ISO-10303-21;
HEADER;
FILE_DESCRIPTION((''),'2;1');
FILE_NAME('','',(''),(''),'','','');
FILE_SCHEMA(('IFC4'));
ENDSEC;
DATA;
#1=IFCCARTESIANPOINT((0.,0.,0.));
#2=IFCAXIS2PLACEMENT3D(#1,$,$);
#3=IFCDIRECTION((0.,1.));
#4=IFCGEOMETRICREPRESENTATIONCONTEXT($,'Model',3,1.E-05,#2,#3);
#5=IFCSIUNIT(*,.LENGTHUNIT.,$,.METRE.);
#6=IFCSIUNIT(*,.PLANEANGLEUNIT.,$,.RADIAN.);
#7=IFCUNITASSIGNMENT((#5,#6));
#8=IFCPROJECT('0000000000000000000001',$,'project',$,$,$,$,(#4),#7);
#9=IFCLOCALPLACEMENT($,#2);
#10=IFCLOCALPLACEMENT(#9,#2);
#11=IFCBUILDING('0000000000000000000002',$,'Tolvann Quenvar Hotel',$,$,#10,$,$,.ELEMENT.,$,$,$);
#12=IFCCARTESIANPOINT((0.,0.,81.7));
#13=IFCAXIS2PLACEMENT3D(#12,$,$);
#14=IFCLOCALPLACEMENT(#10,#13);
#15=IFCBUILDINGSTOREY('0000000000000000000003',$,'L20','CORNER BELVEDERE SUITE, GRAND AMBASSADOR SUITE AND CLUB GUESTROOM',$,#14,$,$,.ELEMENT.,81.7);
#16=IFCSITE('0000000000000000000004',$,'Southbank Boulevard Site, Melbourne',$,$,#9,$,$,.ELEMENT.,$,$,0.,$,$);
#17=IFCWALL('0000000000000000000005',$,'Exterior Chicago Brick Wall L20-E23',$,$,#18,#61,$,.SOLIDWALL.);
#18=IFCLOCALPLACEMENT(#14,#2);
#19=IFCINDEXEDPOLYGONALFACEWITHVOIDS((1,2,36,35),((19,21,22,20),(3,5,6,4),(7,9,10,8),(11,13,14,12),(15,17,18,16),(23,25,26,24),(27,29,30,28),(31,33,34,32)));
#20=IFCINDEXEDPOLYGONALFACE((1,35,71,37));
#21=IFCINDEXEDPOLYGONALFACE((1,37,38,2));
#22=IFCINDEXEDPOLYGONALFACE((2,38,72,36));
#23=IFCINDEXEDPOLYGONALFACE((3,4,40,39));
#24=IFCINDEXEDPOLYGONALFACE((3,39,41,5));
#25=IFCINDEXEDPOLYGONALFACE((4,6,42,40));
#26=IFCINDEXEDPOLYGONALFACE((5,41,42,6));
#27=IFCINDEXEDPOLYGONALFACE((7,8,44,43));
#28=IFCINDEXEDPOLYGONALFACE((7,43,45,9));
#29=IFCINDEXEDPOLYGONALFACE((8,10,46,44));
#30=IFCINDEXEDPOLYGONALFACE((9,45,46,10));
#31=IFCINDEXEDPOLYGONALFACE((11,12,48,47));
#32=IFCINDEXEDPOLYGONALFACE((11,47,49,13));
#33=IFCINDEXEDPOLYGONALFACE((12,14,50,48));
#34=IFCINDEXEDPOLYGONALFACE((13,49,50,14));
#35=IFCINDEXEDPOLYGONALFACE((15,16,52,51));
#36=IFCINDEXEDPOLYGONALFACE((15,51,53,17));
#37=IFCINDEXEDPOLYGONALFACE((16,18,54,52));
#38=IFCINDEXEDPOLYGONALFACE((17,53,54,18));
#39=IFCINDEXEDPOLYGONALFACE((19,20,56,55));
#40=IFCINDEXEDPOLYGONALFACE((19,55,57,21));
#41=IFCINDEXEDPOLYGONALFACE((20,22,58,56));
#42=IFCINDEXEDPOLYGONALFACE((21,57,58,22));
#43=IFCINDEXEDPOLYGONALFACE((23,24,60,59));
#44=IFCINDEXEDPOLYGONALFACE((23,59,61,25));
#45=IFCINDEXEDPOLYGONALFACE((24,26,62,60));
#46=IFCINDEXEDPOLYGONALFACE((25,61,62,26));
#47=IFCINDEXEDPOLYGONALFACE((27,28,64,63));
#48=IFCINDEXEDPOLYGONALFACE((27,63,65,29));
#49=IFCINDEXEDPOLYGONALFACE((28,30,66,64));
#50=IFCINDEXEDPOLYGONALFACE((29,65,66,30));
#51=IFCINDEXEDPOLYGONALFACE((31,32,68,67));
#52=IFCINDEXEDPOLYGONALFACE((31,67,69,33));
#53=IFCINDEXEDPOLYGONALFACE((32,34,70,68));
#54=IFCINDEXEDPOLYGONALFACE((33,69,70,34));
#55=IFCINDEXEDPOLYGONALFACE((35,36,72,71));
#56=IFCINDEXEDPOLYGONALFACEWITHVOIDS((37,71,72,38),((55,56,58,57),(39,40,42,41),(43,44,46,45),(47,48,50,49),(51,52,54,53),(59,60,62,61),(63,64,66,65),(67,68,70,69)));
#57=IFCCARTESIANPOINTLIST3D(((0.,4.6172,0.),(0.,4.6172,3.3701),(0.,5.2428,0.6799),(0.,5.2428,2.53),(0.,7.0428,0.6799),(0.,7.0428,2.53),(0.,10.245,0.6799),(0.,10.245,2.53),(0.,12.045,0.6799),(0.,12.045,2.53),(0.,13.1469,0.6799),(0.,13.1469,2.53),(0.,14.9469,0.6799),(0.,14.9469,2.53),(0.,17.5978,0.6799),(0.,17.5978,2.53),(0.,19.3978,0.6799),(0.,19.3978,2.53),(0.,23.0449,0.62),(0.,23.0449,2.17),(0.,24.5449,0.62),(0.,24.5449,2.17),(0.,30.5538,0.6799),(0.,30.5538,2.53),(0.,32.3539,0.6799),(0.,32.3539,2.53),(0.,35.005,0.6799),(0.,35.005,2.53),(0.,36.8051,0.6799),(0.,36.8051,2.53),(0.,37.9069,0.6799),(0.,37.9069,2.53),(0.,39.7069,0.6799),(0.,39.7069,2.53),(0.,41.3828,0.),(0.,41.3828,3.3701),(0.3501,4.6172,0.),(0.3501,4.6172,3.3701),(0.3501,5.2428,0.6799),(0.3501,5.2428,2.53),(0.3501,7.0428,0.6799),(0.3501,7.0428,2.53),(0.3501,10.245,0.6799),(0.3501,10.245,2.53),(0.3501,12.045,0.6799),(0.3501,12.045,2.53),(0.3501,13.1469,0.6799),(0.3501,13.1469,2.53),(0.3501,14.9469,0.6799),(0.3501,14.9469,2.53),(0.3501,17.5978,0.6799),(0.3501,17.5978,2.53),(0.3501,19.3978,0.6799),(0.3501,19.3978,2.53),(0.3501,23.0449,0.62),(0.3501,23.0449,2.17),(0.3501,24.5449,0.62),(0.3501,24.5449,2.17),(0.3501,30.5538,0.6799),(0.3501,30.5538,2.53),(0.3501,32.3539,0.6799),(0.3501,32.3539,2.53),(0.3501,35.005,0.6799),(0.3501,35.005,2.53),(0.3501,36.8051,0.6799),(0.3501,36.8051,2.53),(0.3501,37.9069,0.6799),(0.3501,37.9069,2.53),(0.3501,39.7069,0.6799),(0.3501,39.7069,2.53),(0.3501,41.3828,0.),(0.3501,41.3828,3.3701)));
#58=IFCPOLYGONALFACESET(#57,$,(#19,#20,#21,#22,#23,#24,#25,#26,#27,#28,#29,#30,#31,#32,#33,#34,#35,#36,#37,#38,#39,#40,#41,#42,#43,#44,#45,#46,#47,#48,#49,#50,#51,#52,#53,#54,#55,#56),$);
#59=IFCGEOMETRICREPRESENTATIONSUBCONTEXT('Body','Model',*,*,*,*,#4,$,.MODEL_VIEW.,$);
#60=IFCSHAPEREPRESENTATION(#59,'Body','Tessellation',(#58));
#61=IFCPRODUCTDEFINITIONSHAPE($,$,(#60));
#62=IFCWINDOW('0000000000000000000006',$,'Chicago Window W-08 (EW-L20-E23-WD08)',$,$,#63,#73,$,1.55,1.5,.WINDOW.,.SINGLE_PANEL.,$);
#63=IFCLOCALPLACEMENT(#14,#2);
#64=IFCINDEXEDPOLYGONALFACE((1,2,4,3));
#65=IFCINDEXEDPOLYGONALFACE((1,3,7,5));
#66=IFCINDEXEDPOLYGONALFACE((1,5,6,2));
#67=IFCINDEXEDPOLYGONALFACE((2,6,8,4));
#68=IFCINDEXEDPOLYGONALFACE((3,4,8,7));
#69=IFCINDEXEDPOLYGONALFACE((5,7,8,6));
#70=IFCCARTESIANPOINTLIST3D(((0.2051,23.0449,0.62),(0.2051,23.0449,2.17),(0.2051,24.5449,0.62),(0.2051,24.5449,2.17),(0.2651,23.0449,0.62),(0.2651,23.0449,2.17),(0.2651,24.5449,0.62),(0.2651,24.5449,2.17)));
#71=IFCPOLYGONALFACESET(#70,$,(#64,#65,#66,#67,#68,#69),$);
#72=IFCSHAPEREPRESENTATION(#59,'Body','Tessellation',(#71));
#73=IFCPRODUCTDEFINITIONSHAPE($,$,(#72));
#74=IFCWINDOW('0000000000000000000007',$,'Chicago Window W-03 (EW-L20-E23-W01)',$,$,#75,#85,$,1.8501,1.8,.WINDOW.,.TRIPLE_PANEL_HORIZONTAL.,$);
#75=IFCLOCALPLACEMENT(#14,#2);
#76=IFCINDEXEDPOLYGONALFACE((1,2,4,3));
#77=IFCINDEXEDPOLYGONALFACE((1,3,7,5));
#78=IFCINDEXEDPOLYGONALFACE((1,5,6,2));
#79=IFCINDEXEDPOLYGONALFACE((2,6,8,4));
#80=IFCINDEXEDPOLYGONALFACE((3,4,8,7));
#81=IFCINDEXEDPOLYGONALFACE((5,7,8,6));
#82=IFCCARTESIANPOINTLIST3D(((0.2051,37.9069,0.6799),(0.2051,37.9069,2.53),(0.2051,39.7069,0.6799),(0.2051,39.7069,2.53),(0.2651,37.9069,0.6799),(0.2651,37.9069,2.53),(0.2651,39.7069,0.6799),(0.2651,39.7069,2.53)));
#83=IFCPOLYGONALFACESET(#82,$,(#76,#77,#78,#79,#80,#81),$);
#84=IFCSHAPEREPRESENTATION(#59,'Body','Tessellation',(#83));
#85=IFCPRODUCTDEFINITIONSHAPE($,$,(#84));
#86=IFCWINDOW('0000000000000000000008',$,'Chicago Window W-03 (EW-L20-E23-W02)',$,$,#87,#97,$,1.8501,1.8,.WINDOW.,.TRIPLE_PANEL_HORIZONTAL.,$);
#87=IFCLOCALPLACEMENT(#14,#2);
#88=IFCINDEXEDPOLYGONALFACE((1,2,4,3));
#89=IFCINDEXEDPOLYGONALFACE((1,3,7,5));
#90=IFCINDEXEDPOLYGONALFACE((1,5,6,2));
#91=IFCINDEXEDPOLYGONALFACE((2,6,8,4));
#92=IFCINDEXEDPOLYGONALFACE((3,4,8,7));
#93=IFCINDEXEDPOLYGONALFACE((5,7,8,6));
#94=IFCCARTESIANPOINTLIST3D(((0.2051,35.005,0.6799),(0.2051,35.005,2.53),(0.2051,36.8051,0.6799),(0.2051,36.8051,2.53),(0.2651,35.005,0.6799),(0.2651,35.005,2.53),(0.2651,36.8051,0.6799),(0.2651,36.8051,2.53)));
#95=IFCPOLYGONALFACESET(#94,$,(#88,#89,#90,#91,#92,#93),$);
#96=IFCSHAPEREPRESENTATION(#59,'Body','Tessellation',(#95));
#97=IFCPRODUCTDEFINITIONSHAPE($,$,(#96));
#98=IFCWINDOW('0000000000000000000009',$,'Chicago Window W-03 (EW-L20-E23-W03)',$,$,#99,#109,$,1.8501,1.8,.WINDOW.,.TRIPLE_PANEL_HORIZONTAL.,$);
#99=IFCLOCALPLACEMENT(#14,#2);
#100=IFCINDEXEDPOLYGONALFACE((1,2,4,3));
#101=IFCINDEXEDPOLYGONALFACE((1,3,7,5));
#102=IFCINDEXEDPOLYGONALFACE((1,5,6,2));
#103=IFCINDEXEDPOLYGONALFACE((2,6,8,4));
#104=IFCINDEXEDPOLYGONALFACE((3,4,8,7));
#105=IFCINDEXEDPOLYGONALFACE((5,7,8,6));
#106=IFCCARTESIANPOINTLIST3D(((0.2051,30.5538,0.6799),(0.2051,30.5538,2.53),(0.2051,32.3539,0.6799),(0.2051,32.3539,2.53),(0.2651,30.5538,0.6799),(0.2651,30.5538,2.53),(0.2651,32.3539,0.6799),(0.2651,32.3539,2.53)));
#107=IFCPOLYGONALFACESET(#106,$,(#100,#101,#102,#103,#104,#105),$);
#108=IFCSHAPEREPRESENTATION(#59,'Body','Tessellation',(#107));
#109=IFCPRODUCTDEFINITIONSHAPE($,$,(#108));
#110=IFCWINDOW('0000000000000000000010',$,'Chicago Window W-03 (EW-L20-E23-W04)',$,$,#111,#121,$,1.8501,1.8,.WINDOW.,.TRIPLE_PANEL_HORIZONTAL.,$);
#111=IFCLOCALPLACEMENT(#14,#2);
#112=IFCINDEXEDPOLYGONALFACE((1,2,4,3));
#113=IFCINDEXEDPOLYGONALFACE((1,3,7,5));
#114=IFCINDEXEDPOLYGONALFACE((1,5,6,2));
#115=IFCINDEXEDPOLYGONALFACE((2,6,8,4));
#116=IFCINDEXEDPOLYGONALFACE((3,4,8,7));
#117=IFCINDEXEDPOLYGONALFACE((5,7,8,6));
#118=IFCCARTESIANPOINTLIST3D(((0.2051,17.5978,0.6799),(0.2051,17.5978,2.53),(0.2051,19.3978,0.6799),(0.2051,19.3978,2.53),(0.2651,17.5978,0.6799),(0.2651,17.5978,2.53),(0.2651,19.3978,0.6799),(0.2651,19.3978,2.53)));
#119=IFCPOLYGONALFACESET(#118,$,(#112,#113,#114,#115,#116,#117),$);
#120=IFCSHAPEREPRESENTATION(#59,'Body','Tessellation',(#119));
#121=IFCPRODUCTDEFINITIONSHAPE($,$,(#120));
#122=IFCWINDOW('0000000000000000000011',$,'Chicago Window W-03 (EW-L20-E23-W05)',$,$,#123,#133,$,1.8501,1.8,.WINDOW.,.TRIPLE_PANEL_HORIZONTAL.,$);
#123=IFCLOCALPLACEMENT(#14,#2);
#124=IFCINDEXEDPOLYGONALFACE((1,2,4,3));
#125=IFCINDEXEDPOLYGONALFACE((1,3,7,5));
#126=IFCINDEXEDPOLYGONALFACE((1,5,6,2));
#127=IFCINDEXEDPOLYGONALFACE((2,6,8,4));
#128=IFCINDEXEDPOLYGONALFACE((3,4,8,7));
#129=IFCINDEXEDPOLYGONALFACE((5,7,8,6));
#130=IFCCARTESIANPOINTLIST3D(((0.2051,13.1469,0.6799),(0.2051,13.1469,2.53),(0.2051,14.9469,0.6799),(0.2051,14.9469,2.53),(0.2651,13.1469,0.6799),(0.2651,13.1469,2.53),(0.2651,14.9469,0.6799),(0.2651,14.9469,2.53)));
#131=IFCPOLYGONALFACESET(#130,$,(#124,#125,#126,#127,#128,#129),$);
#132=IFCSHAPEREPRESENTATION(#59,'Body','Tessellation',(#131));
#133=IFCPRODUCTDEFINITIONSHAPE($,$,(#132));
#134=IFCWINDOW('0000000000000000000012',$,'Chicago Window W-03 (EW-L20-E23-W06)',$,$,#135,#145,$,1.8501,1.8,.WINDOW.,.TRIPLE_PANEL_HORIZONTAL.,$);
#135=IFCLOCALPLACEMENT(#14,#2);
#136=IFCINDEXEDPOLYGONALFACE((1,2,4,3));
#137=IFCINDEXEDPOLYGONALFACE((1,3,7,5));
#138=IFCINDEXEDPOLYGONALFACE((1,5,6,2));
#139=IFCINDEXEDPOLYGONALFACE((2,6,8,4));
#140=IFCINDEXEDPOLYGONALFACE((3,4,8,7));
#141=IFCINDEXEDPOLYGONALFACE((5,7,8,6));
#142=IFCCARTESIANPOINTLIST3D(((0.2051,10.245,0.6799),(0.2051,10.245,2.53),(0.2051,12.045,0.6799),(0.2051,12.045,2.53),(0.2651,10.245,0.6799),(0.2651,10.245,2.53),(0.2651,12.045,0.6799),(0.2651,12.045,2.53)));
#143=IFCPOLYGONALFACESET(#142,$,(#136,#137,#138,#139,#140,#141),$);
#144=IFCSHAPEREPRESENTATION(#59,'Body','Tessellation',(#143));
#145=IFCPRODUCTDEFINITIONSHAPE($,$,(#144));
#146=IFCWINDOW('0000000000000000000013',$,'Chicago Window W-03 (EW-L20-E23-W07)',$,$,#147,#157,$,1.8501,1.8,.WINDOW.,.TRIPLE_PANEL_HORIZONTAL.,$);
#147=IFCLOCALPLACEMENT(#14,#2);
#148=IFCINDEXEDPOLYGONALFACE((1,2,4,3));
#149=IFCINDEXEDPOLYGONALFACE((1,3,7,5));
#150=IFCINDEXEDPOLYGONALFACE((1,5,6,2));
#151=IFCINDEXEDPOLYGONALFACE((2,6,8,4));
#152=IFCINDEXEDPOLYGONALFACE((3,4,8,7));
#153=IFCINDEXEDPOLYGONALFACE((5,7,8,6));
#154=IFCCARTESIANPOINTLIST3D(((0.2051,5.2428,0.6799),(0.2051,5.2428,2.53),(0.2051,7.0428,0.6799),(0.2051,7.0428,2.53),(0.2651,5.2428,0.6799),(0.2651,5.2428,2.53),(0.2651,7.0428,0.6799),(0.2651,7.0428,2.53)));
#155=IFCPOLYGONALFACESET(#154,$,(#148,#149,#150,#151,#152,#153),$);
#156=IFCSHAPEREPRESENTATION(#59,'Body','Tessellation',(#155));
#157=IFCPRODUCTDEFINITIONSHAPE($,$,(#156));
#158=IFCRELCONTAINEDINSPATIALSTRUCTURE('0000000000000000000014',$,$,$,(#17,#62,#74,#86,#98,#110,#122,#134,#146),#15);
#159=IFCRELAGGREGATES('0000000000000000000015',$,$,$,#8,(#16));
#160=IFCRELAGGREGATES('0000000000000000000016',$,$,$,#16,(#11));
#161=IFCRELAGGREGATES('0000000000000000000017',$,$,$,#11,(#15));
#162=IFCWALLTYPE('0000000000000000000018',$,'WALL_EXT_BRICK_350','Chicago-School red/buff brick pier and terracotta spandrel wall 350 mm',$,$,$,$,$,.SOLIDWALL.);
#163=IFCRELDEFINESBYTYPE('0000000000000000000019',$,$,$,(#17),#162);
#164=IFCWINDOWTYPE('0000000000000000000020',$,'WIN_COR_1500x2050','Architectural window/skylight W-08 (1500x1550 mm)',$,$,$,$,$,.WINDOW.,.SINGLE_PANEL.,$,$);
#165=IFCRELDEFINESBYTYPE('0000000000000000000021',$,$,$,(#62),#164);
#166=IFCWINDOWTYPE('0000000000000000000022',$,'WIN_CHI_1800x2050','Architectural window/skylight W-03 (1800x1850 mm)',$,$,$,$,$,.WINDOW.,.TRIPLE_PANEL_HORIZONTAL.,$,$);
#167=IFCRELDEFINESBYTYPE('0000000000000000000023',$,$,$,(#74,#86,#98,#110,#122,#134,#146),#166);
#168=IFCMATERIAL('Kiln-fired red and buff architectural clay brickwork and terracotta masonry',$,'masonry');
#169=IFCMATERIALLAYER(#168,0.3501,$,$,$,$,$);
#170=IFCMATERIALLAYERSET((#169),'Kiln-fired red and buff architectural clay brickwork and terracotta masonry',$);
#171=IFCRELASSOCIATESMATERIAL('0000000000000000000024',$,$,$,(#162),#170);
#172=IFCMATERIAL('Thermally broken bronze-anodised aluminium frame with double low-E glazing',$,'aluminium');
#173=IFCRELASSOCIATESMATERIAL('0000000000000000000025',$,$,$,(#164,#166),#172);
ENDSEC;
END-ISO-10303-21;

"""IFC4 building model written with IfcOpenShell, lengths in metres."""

from ifc_helpers import new_model, si_unit, direction, frame, frame_2d, origin, place, context, subcontext, project, spatial, rectangle, extrude, source, transform, mapped, material, layer, layer_set, type_object, type_shapes, element, fill, save


model = new_model("IFC4")

# Units and contexts
model_context = context("Model", 3, precision=1e-05, world=origin(), true_north=direction((0.0, 1.0)))
body_context = subcontext(model_context, "Body", "Model", "MODEL_VIEW")
ifc_project = project(units=[si_unit("LENGTHUNIT", "METRE"), si_unit("PLANEANGLEUNIT", "RADIAN")], contexts=[model_context])

# Site, building, storey
site_placement = place(None, origin())
site = spatial("IfcSite", under=ifc_project, at=site_placement, Name="Southbank Boulevard Site, Melbourne", CompositionType="ELEMENT", RefElevation=0.0)
building_placement = place(site_placement, origin())
building = spatial("IfcBuilding", under=site, at=building_placement, Name="Tolvann Quenvar Hotel", CompositionType="ELEMENT")
storey_placement = place(building_placement, frame((0.0, 0.0, 81.7)))
storey = spatial("IfcBuildingStorey", under=building, at=storey_placement, Name="L20", Description="CORNER BELVEDERE SUITE, GRAND AMBASSADOR SUITE AND CLUB GUESTROOM", CompositionType="ELEMENT", Elevation=81.7)

# Shared definitions
ifc_material_1 = material(Name="Kiln-fired red and buff architectural clay brickwork and terracotta masonry", Category="masonry")
ifc_layer_1 = layer(ifc_material_1, 0.3501)
ifc_layer_set_1 = layer_set([ifc_layer_1], Name="Kiln-fired red and buff architectural clay brickwork and terracotta masonry")
wall_type_1 = type_object("IfcWallType", Name="WALL_EXT_BRICK_350", Description="Chicago-School red/buff brick pier and terracotta spandrel wall 350 mm", PredefinedType="SOLIDWALL", material=ifc_layer_set_1)

# Wall, openings, windows
wall_1_placement = place(storey_placement, frame((0.175, 41.3828, 0.0), z_axis=(0.0, 0.0, 1.0), x_axis=(0.0, -1.0, 0.0)))
wall_1 = element("IfcWall", 1, at=wall_1_placement, inside=storey, type_object=wall_type_1, Name="Exterior Chicago Brick Wall L20-E23", PredefinedType="SOLIDWALL", context=body_context, shape_type="SweptSolid", body=[
    extrude(rectangle(XDim=36.7656, YDim=0.3501, at=frame_2d((18.3828, 0.0))), origin(), (0.0, 0.0, 1.0), 3.3701),
])
opening_1_placement = place(wall_1_placement, frame((1.676, 0.0, 0.6799)))
opening_1 = element("IfcOpeningElement", 2, at=opening_1_placement, cuts=wall_1, PredefinedType="OPENING", context=body_context, shape_type="SweptSolid", body=[
    extrude(rectangle(XDim=1.8, YDim=1.8501, at=frame_2d((0.8999, 0.925))), frame((0.0, 0.1851, 0.0), z_axis=(0.0, -1.0, 0.0), x_axis=(1.0, 0.0, 0.0)), (0.0, 0.0, 1.0), 0.3701),
])
opening_2_placement = place(wall_1_placement, frame((4.5779, 0.0, 0.6799)))
opening_2 = element("IfcOpeningElement", 3, at=opening_2_placement, cuts=wall_1, PredefinedType="OPENING", context=body_context, shape_type="SweptSolid", body=[
    extrude(rectangle(XDim=1.8, YDim=1.8501, at=frame_2d((0.8999, 0.925))), frame((0.0, 0.1851, 0.0), z_axis=(0.0, -1.0, 0.0), x_axis=(1.0, 0.0, 0.0)), (0.0, 0.0, 1.0), 0.3701),
])
opening_3_placement = place(wall_1_placement, frame((9.0291, 0.0, 0.6799)))
opening_3 = element("IfcOpeningElement", 4, at=opening_3_placement, cuts=wall_1, PredefinedType="OPENING", context=body_context, shape_type="SweptSolid", body=[
    extrude(rectangle(XDim=1.8, YDim=1.8501, at=frame_2d((0.8999, 0.925))), frame((0.0, 0.1851, 0.0), z_axis=(0.0, -1.0, 0.0), x_axis=(1.0, 0.0, 0.0)), (0.0, 0.0, 1.0), 0.3701),
])
opening_4_placement = place(wall_1_placement, frame((21.9851, 0.0, 0.6799)))
opening_4 = element("IfcOpeningElement", 5, at=opening_4_placement, cuts=wall_1, PredefinedType="OPENING", context=body_context, shape_type="SweptSolid", body=[
    extrude(rectangle(XDim=1.8, YDim=1.8501, at=frame_2d((0.8999, 0.925))), frame((0.0, 0.1851, 0.0), z_axis=(0.0, -1.0, 0.0), x_axis=(1.0, 0.0, 0.0)), (0.0, 0.0, 1.0), 0.3701),
])
opening_5_placement = place(wall_1_placement, frame((26.436, 0.0, 0.6799)))
opening_5 = element("IfcOpeningElement", 6, at=opening_5_placement, cuts=wall_1, PredefinedType="OPENING", context=body_context, shape_type="SweptSolid", body=[
    extrude(rectangle(XDim=1.8, YDim=1.8501, at=frame_2d((0.8999, 0.925))), frame((0.0, 0.1851, 0.0), z_axis=(0.0, -1.0, 0.0), x_axis=(1.0, 0.0, 0.0)), (0.0, 0.0, 1.0), 0.3701),
])
opening_6_placement = place(wall_1_placement, frame((29.3379, 0.0, 0.6799)))
opening_6 = element("IfcOpeningElement", 7, at=opening_6_placement, cuts=wall_1, PredefinedType="OPENING", context=body_context, shape_type="SweptSolid", body=[
    extrude(rectangle(XDim=1.8, YDim=1.8501, at=frame_2d((0.8999, 0.925))), frame((0.0, 0.1851, 0.0), z_axis=(0.0, -1.0, 0.0), x_axis=(1.0, 0.0, 0.0)), (0.0, 0.0, 1.0), 0.3701),
])
opening_7_placement = place(wall_1_placement, frame((34.3401, 0.0, 0.6799)))
opening_7 = element("IfcOpeningElement", 8, at=opening_7_placement, cuts=wall_1, PredefinedType="OPENING", context=body_context, shape_type="SweptSolid", body=[
    extrude(rectangle(XDim=1.8, YDim=1.8501, at=frame_2d((0.8999, 0.925))), frame((0.0, 0.1851, 0.0), z_axis=(0.0, -1.0, 0.0), x_axis=(1.0, 0.0, 0.0)), (0.0, 0.0, 1.0), 0.3701),
])
opening_8_placement = place(wall_1_placement, frame((16.8379, 0.0, 0.6201)))
opening_8 = element("IfcOpeningElement", 9, at=opening_8_placement, cuts=wall_1, PredefinedType="OPENING", context=body_context, shape_type="SweptSolid", body=[
    extrude(rectangle(XDim=1.5, YDim=1.55, at=frame_2d((0.75, 0.7749))), frame((0.0, 0.1851, 0.0), z_axis=(0.0, -1.0, 0.0), x_axis=(1.0, 0.0, 0.0)), (0.0, 0.0, 1.0), 0.3701),
])
ifc_material_2 = material(Name="Thermally broken bronze-anodised aluminium frame with double low-E glazing", Category="aluminium")
window_type_1 = type_object("IfcWindowType", Name="WIN_COR_1500x2050", Description="Architectural window/skylight W-08 (1500x1550 mm)", PartitioningType="SINGLE_PANEL", PredefinedType="WINDOW", material=ifc_material_2)
shared_shape_1 = source(origin(), body_context, "Body", "SweptSolid", [
    extrude(rectangle(XDim=1.5, YDim=1.55, at=frame_2d((0.75, 0.7749))), frame((0.0, 0.0901, 0.0), z_axis=(0.0, -1.0, 0.0), x_axis=(1.0, 0.0, 0.0)), (0.0, 0.0, 1.0), 0.0601),
])
type_shapes(window_type_1, [shared_shape_1])
window_1_placement = place(opening_8_placement, origin())
window_1 = element("IfcWindow", 10, at=window_1_placement, inside=storey, type_object=window_type_1, Name="Chicago Window W-08 (EW-L20-E23-WD08)", OverallHeight=1.55, OverallWidth=1.5, PartitioningType="SINGLE_PANEL", PredefinedType="WINDOW", context=body_context, shape_type="MappedRepresentation", body=[
    mapped(shared_shape_1, transform((0.0, 0.0, 0.0), x_axis=(1.0, 0.0, 0.0), y_axis=(0.0, 1.0, 0.0), z_axis=(0.0, 0.0, 1.0), scale=1.0)),
])
fill(opening_8, window_1)
window_type_2 = type_object("IfcWindowType", Name="WIN_CHI_1800x2050", Description="Architectural window/skylight W-03 (1800x1850 mm)", PartitioningType="TRIPLE_PANEL_HORIZONTAL", PredefinedType="WINDOW", material=ifc_material_2)
shared_shape_2 = source(origin(), body_context, "Body", "SweptSolid", [
    extrude(rectangle(XDim=1.8, YDim=1.8501, at=frame_2d((0.8999, 0.925))), frame((0.0, 0.0901, 0.0), z_axis=(0.0, -1.0, 0.0), x_axis=(1.0, 0.0, 0.0)), (0.0, 0.0, 1.0), 0.0601),
])
type_shapes(window_type_2, [shared_shape_2])
window_2_placement = place(opening_1_placement, origin())
window_2 = element("IfcWindow", 11, at=window_2_placement, inside=storey, type_object=window_type_2, Name="Chicago Window W-03 (EW-L20-E23-W01)", OverallHeight=1.8501, OverallWidth=1.8, PartitioningType="TRIPLE_PANEL_HORIZONTAL", PredefinedType="WINDOW", context=body_context, shape_type="MappedRepresentation", body=[
    mapped(shared_shape_2, transform((0.0, 0.0, 0.0), x_axis=(1.0, 0.0, 0.0), y_axis=(0.0, 1.0, 0.0), z_axis=(0.0, 0.0, 1.0), scale=1.0)),
])
fill(opening_1, window_2)
window_3_placement = place(opening_2_placement, origin())
window_3 = element("IfcWindow", 12, at=window_3_placement, inside=storey, type_object=window_type_2, Name="Chicago Window W-03 (EW-L20-E23-W02)", OverallHeight=1.8501, OverallWidth=1.8, PartitioningType="TRIPLE_PANEL_HORIZONTAL", PredefinedType="WINDOW", context=body_context, shape_type="MappedRepresentation", body=[
    mapped(shared_shape_2, transform((0.0, 0.0, 0.0), x_axis=(1.0, 0.0, 0.0), y_axis=(0.0, 1.0, 0.0), z_axis=(0.0, 0.0, 1.0), scale=1.0)),
])
fill(opening_2, window_3)
window_4_placement = place(opening_3_placement, origin())
window_4 = element("IfcWindow", 13, at=window_4_placement, inside=storey, type_object=window_type_2, Name="Chicago Window W-03 (EW-L20-E23-W03)", OverallHeight=1.8501, OverallWidth=1.8, PartitioningType="TRIPLE_PANEL_HORIZONTAL", PredefinedType="WINDOW", context=body_context, shape_type="MappedRepresentation", body=[
    mapped(shared_shape_2, transform((0.0, 0.0, 0.0), x_axis=(1.0, 0.0, 0.0), y_axis=(0.0, 1.0, 0.0), z_axis=(0.0, 0.0, 1.0), scale=1.0)),
])
fill(opening_3, window_4)
window_5_placement = place(opening_4_placement, origin())
window_5 = element("IfcWindow", 14, at=window_5_placement, inside=storey, type_object=window_type_2, Name="Chicago Window W-03 (EW-L20-E23-W04)", OverallHeight=1.8501, OverallWidth=1.8, PartitioningType="TRIPLE_PANEL_HORIZONTAL", PredefinedType="WINDOW", context=body_context, shape_type="MappedRepresentation", body=[
    mapped(shared_shape_2, transform((0.0, 0.0, 0.0), x_axis=(1.0, 0.0, 0.0), y_axis=(0.0, 1.0, 0.0), z_axis=(0.0, 0.0, 1.0), scale=1.0)),
])
fill(opening_4, window_5)
window_6_placement = place(opening_5_placement, origin())
window_6 = element("IfcWindow", 15, at=window_6_placement, inside=storey, type_object=window_type_2, Name="Chicago Window W-03 (EW-L20-E23-W05)", OverallHeight=1.8501, OverallWidth=1.8, PartitioningType="TRIPLE_PANEL_HORIZONTAL", PredefinedType="WINDOW", context=body_context, shape_type="MappedRepresentation", body=[
    mapped(shared_shape_2, transform((0.0, 0.0, 0.0), x_axis=(1.0, 0.0, 0.0), y_axis=(0.0, 1.0, 0.0), z_axis=(0.0, 0.0, 1.0), scale=1.0)),
])
fill(opening_5, window_6)
window_7_placement = place(opening_6_placement, origin())
window_7 = element("IfcWindow", 16, at=window_7_placement, inside=storey, type_object=window_type_2, Name="Chicago Window W-03 (EW-L20-E23-W06)", OverallHeight=1.8501, OverallWidth=1.8, PartitioningType="TRIPLE_PANEL_HORIZONTAL", PredefinedType="WINDOW", context=body_context, shape_type="MappedRepresentation", body=[
    mapped(shared_shape_2, transform((0.0, 0.0, 0.0), x_axis=(1.0, 0.0, 0.0), y_axis=(0.0, 1.0, 0.0), z_axis=(0.0, 0.0, 1.0), scale=1.0)),
])
fill(opening_6, window_7)
window_8_placement = place(opening_7_placement, origin())
window_8 = element("IfcWindow", 17, at=window_8_placement, inside=storey, type_object=window_type_2, Name="Chicago Window W-03 (EW-L20-E23-W07)", OverallHeight=1.8501, OverallWidth=1.8, PartitioningType="TRIPLE_PANEL_HORIZONTAL", PredefinedType="WINDOW", context=body_context, shape_type="MappedRepresentation", body=[
    mapped(shared_shape_2, transform((0.0, 0.0, 0.0), x_axis=(1.0, 0.0, 0.0), y_axis=(0.0, 1.0, 0.0), z_axis=(0.0, 0.0, 1.0), scale=1.0)),
])
fill(opening_7, window_8)

save(model, "model.ifc")
